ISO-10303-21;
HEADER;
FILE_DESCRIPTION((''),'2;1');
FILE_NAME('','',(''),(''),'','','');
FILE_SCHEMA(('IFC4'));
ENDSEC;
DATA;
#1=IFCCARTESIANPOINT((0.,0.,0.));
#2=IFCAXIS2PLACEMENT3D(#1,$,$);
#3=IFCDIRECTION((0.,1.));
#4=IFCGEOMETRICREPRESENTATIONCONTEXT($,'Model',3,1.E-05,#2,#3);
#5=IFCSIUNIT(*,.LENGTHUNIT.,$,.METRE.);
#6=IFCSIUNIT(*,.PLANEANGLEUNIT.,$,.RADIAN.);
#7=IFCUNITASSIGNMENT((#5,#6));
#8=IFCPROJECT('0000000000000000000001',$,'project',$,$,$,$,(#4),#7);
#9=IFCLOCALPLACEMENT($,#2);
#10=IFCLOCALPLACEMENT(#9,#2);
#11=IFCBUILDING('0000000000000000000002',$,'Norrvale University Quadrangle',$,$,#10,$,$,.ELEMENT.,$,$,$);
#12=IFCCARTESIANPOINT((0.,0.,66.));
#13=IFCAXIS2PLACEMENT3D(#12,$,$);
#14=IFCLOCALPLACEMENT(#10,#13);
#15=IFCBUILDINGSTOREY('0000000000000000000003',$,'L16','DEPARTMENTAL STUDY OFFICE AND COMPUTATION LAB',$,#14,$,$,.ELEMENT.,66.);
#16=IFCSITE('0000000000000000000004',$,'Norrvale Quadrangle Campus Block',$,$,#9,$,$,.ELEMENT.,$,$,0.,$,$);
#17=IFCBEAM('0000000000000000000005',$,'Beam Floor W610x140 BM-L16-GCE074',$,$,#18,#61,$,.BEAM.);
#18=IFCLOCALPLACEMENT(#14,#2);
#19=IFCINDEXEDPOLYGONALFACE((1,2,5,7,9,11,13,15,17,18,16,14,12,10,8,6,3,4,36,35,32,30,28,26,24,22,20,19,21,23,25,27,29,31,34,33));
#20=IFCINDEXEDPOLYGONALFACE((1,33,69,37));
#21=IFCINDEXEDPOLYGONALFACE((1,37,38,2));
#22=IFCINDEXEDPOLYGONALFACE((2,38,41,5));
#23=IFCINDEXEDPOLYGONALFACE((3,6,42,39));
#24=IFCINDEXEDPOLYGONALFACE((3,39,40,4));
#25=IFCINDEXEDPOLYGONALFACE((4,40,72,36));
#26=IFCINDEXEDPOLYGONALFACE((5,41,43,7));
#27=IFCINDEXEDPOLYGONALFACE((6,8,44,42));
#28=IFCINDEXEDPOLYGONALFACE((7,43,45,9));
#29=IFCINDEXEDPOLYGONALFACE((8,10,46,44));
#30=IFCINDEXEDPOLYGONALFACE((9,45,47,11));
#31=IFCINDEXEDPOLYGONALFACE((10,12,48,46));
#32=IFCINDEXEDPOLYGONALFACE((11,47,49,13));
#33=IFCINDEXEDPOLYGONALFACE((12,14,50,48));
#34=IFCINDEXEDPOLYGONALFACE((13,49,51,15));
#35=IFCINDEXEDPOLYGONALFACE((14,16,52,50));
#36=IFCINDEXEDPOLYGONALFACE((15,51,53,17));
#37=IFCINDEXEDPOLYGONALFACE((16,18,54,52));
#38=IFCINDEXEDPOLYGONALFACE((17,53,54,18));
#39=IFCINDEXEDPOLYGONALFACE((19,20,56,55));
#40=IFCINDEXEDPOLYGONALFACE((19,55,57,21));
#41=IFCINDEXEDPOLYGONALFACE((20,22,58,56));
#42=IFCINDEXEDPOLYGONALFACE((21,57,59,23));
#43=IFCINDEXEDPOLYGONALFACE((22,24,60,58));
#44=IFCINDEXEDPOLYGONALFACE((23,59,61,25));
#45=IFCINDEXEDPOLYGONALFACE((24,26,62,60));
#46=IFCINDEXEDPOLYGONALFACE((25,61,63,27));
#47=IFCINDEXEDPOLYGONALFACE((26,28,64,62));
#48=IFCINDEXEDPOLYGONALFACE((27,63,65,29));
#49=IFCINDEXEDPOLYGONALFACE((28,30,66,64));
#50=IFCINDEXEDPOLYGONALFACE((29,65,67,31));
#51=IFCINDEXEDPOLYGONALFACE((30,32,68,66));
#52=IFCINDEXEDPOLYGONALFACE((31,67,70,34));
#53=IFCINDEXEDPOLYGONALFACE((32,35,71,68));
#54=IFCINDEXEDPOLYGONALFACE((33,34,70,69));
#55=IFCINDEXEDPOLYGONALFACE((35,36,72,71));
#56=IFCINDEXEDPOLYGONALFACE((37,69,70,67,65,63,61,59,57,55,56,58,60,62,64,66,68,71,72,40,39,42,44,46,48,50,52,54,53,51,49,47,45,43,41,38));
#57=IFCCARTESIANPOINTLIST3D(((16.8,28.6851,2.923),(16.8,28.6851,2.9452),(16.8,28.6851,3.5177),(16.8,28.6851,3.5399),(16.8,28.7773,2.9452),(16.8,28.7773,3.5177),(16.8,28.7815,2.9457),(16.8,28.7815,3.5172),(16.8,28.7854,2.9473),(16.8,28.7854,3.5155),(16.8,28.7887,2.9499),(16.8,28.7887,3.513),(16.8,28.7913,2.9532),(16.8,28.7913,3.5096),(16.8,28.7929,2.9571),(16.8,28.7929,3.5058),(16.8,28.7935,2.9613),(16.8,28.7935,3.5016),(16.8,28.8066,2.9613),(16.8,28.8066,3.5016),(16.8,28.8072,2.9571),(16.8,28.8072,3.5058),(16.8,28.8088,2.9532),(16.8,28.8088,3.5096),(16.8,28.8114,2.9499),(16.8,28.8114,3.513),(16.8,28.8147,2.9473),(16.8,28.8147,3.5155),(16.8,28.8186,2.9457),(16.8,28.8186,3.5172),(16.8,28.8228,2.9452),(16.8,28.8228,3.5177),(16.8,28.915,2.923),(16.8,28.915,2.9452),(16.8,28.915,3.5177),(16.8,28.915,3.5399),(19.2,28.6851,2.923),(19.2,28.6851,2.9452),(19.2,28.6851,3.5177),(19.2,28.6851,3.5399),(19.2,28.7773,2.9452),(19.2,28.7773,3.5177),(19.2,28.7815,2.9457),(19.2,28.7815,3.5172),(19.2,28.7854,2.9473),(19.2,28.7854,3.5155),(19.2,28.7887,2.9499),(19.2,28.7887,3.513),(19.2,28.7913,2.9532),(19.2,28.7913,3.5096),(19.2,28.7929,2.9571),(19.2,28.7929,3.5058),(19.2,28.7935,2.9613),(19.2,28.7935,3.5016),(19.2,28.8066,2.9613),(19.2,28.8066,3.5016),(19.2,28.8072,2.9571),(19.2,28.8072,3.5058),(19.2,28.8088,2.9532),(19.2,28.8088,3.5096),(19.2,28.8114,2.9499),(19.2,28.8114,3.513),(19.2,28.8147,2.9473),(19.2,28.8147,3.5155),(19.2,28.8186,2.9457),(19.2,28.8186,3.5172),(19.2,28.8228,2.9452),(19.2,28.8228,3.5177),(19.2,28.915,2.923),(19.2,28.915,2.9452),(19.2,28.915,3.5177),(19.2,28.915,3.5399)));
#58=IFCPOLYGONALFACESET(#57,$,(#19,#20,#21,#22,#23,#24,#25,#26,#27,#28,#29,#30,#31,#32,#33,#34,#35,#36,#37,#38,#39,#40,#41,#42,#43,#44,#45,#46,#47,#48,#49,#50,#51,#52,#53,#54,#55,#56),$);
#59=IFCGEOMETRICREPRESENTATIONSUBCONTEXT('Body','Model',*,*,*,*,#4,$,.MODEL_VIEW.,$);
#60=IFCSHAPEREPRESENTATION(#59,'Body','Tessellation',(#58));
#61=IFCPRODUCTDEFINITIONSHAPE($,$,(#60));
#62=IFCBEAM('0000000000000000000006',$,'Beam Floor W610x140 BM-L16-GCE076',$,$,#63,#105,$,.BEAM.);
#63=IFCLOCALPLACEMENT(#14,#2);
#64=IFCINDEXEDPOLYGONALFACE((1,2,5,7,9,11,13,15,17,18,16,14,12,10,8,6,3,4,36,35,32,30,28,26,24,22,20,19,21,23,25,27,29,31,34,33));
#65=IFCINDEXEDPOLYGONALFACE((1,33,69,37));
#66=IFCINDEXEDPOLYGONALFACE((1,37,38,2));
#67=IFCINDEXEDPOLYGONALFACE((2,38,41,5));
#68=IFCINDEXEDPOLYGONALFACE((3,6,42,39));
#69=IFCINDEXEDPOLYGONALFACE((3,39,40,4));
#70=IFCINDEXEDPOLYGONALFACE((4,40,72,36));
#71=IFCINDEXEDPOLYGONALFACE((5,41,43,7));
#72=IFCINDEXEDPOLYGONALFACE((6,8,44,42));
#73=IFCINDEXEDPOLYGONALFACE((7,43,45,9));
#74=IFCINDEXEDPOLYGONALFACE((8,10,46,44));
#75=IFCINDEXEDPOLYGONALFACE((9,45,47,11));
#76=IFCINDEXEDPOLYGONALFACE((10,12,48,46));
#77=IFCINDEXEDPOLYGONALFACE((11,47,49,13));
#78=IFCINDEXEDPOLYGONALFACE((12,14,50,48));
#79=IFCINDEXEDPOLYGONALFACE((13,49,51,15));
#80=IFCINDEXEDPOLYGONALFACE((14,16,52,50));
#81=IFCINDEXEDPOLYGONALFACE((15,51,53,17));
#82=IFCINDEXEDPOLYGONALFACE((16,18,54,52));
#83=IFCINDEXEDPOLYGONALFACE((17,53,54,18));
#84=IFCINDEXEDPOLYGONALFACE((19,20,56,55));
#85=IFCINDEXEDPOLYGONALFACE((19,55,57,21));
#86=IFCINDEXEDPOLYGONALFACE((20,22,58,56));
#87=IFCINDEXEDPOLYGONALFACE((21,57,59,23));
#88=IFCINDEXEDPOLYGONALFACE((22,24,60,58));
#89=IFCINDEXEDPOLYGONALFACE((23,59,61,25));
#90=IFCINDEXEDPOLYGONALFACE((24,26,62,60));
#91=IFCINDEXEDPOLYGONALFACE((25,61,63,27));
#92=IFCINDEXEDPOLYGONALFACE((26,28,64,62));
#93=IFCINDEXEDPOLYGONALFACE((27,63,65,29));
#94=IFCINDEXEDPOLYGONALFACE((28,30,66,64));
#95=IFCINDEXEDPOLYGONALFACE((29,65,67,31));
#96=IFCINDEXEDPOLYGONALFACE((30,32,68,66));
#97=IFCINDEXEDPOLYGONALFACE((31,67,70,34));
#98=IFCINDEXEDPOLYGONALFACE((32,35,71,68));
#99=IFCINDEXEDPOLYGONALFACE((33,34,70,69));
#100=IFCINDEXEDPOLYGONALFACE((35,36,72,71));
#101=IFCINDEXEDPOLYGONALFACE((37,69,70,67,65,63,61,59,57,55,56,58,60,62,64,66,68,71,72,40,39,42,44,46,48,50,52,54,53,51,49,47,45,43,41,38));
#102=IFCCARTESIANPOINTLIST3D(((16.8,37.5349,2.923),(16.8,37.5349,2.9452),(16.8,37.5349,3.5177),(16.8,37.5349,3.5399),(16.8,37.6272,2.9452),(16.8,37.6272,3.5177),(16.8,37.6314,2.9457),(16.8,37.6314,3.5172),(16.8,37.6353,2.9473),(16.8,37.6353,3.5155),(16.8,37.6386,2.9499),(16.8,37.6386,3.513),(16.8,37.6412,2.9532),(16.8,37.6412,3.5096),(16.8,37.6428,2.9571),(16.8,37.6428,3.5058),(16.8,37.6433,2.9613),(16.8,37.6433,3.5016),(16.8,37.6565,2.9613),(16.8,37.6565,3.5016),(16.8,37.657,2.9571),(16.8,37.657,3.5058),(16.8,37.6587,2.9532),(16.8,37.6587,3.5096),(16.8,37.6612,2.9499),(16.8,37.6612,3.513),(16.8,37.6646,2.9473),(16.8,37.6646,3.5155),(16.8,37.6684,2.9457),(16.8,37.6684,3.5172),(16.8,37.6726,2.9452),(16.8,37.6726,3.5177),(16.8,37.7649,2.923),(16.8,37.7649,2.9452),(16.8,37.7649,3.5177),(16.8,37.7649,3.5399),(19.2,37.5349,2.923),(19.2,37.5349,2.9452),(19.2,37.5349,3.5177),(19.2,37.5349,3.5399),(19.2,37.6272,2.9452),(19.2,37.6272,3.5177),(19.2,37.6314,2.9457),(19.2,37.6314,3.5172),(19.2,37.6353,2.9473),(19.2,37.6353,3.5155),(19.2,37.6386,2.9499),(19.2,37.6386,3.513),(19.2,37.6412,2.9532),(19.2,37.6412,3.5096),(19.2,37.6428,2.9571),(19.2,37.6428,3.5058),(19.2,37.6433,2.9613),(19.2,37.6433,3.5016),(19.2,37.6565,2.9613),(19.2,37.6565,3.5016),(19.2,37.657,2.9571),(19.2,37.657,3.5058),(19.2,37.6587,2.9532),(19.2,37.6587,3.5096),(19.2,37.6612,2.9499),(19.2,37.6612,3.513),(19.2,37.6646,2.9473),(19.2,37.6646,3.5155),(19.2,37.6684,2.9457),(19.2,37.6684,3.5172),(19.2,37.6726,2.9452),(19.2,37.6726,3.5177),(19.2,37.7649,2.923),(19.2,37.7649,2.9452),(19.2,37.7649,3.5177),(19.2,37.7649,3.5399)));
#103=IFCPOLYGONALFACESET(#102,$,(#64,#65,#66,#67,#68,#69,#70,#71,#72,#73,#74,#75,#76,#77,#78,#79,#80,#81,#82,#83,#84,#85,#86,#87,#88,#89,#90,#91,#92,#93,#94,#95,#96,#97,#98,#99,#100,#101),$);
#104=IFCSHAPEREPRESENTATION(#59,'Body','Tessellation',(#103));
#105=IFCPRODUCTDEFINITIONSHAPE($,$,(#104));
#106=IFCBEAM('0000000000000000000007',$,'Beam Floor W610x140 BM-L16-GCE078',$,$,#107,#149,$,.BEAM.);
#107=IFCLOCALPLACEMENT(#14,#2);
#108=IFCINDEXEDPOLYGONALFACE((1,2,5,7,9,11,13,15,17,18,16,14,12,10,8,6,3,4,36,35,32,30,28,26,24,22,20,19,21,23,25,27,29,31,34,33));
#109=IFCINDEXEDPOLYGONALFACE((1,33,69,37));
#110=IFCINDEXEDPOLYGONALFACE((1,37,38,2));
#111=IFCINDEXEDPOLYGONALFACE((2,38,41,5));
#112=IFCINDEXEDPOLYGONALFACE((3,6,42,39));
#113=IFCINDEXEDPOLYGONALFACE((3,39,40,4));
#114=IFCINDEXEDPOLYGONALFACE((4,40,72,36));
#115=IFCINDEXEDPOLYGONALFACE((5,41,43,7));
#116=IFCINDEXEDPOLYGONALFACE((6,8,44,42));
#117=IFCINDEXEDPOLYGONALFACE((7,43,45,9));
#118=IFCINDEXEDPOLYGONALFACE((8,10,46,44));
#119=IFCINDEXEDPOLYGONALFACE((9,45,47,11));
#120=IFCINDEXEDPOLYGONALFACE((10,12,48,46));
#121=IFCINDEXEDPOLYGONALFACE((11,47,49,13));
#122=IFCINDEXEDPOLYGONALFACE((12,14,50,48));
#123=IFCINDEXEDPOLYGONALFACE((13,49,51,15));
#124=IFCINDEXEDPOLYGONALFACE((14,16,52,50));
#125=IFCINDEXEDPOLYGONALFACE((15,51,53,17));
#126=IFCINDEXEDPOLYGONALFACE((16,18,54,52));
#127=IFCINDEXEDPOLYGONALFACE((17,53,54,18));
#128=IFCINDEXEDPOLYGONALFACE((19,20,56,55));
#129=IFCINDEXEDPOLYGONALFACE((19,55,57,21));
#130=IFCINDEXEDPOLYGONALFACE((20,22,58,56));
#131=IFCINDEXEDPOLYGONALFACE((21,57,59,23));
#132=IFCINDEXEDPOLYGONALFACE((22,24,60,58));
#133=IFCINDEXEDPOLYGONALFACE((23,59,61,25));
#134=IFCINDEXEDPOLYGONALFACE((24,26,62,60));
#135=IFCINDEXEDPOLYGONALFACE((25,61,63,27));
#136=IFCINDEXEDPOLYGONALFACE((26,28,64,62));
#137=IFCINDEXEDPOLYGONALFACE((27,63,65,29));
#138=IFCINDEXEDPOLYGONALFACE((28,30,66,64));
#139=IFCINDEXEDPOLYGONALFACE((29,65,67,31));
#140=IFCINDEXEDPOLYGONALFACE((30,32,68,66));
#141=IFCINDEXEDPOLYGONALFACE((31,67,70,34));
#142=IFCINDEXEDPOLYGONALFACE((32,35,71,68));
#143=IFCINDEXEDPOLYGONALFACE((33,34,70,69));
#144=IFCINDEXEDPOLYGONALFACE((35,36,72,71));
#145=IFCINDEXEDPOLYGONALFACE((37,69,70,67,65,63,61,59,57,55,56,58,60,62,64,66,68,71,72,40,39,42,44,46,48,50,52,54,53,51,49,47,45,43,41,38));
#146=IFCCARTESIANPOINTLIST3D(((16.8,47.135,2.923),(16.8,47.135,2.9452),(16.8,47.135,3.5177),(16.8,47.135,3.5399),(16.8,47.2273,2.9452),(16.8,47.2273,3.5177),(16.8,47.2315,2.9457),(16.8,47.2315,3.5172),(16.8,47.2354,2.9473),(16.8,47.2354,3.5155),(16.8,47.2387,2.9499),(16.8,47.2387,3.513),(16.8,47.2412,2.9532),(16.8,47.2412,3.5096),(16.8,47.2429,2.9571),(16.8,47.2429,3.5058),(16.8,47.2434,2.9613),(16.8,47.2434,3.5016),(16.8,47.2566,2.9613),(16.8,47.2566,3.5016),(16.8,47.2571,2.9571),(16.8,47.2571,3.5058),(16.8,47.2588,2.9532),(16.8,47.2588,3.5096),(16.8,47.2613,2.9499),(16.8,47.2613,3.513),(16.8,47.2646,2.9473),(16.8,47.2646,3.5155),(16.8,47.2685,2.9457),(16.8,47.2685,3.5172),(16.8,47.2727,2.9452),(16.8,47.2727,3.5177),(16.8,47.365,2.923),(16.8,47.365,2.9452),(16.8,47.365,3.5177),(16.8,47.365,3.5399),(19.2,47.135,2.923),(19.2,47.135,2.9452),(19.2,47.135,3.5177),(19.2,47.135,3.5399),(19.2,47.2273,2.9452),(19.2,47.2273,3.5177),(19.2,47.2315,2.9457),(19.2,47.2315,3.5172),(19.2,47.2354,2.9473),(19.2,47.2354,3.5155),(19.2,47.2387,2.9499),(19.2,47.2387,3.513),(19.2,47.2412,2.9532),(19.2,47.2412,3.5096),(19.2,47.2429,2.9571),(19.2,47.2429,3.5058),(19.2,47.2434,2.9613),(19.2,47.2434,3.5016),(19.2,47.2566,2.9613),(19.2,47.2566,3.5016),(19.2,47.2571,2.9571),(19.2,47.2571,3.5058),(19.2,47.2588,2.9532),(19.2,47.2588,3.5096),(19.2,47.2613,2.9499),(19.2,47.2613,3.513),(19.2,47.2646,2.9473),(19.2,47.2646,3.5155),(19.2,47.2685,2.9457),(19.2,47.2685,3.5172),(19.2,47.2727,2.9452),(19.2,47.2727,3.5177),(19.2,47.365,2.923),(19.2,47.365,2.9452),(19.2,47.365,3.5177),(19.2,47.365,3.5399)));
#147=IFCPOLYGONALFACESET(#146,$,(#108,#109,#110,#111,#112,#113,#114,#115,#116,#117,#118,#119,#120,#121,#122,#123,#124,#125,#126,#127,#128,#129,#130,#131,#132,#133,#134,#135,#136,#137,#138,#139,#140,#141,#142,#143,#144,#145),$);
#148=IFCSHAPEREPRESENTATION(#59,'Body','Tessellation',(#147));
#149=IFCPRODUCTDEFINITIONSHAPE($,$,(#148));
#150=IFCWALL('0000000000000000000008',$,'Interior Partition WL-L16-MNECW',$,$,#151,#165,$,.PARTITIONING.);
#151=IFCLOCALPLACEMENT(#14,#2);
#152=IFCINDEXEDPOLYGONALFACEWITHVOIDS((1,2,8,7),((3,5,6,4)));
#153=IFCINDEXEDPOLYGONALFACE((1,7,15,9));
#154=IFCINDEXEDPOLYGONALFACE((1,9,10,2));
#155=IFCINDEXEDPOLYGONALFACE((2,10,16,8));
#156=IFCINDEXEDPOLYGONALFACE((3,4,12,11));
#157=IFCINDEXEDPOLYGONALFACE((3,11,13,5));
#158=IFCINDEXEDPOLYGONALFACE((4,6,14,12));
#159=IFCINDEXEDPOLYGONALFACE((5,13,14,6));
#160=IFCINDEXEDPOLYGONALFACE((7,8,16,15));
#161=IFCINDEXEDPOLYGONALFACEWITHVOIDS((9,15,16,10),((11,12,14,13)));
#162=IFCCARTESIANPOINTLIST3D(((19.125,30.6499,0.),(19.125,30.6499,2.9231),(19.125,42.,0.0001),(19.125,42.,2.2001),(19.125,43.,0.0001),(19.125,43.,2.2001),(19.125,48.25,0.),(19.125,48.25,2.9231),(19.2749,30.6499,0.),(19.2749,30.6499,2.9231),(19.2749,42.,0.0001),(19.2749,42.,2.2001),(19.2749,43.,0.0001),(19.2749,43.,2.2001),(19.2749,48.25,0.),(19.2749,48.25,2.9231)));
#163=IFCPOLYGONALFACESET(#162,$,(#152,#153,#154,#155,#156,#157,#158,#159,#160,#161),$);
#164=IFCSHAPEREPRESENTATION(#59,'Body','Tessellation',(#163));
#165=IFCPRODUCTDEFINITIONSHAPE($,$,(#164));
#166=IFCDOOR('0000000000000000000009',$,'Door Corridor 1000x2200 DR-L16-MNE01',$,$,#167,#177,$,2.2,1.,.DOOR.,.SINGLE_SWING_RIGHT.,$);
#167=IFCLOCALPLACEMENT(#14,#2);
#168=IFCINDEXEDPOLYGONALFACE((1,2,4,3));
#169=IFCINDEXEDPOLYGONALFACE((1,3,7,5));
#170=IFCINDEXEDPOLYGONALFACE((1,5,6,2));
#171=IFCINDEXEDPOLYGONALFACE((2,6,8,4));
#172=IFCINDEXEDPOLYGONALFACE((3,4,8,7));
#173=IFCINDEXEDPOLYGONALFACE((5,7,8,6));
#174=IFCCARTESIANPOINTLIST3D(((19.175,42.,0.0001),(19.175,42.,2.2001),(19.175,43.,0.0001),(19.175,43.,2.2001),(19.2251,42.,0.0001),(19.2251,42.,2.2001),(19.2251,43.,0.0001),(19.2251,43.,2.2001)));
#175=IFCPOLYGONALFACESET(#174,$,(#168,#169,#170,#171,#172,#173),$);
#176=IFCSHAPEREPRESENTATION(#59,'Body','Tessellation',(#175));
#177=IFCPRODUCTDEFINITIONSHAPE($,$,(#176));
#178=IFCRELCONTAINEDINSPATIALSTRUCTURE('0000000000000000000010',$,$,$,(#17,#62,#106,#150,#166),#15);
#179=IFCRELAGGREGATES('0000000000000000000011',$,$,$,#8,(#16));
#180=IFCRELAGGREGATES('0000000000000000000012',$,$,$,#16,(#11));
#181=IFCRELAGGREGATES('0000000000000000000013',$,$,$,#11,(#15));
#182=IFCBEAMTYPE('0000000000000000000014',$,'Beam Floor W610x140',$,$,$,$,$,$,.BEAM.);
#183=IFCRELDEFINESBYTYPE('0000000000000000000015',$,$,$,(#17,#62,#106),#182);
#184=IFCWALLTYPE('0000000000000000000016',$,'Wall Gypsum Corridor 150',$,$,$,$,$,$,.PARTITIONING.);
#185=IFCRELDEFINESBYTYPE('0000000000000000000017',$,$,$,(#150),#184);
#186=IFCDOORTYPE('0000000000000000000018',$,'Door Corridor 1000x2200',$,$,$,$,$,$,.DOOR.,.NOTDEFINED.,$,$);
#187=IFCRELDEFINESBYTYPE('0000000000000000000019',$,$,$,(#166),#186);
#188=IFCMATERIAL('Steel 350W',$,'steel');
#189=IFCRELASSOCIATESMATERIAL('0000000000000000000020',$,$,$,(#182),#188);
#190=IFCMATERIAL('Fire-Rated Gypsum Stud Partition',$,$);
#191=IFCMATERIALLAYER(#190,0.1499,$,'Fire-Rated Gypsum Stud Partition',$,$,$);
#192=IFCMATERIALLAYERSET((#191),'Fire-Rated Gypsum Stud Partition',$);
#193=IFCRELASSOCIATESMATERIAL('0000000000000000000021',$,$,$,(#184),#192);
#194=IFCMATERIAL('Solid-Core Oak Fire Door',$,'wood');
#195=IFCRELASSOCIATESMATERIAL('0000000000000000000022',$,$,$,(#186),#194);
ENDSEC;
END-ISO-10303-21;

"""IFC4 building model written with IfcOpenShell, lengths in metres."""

from ifc_helpers import new_model, si_unit, direction, frame, frame_2d, origin, origin_2d, place, context, subcontext, project, spatial, rectangle, i_section, extrude, material, layer, layer_set, material_profile, profile_set, type_object, element, fill, save


model = new_model("IFC4")

# Units and contexts
model_context = context("Model", 3, precision=1e-05, world=origin(), true_north=direction((0.0, 1.0)))
body_context = subcontext(model_context, "Body", "Model", "MODEL_VIEW")
ifc_project = project(units=[si_unit("LENGTHUNIT", "METRE"), si_unit("PLANEANGLEUNIT", "RADIAN")], contexts=[model_context])

# Site, building, storey
site_placement = place(None, origin())
site = spatial("IfcSite", under=ifc_project, at=site_placement, Name="Norrvale Quadrangle Campus Block", CompositionType="ELEMENT", RefElevation=0.0)
building_placement = place(site_placement, origin())
building = spatial("IfcBuilding", under=site, at=building_placement, Name="Norrvale University Quadrangle", CompositionType="ELEMENT")
storey_placement = place(building_placement, frame((0.0, 0.0, 66.0)))
storey = spatial("IfcBuildingStorey", under=building, at=storey_placement, Name="L16", Description="DEPARTMENTAL STUDY OFFICE AND COMPUTATION LAB", CompositionType="ELEMENT", Elevation=66.0)

# Beams
ifc_material_1 = material(Name="Steel 350W", Category="steel")
ifc_material_profile_1 = material_profile(ifc_material_1, i_section(OverallWidth=0.23, OverallDepth=0.6169, WebThickness=0.0132, FlangeThickness=0.0222, FilletRadius=0.0161, at=origin_2d()), Name="Steel 350W")
ifc_profile_set_1 = profile_set([ifc_material_profile_1], Name="Steel 350W")
beam_type_1 = type_object("IfcBeamType", Name="Beam Floor W610x140", PredefinedType="BEAM", material=ifc_profile_set_1)
for number, where, z_axis, x_axis, name in (
    (1, (16.8, 28.8, 3.2314), (1.0, 0.0, 0.0), (0.0, 1.0, 0.0), "Beam Floor W610x140 BM-L16-GCE074"),
    (2, (16.8, 37.6499, 3.2314), (1.0, 0.0, 0.0), (0.0, 1.0, 0.0), "Beam Floor W610x140 BM-L16-GCE076"),
    (3, (16.8, 47.25, 3.2314), (1.0, 0.0, 0.0), (0.0, 1.0, 0.0), "Beam Floor W610x140 BM-L16-GCE078"),
):
    element("IfcBeam", number, at=place(storey_placement, frame(where, z_axis=z_axis, x_axis=x_axis)), inside=storey, type_object=beam_type_1, Name=name, PredefinedType="BEAM", context=body_context, shape_type="SweptSolid", body=[
        extrude(i_section(OverallWidth=0.23, OverallDepth=0.6169, WebThickness=0.0132, FlangeThickness=0.0222, FilletRadius=0.0161, at=origin_2d()), origin(), (0.0, 0.0, 1.0), 2.3999),
    ])

# Wall, opening, door
ifc_material_2 = material(Name="Fire-Rated Gypsum Stud Partition")
ifc_layer_1 = layer(ifc_material_2, 0.1499, Name="Fire-Rated Gypsum Stud Partition")
ifc_layer_set_1 = layer_set([ifc_layer_1], Name="Fire-Rated Gypsum Stud Partition")
wall_type_1 = type_object("IfcWallType", Name="Wall Gypsum Corridor 150", PredefinedType="PARTITIONING", material=ifc_layer_set_1)
wall_1_placement = place(storey_placement, frame((19.2, 30.6499, 0.0), z_axis=(0.0, 0.0, 1.0), x_axis=(0.0, 1.0, 0.0)))
wall_1 = element("IfcWall", 4, at=wall_1_placement, inside=storey, type_object=wall_type_1, Name="Interior Partition WL-L16-MNECW", PredefinedType="PARTITIONING", context=body_context, shape_type="SweptSolid", body=[
    extrude(rectangle(XDim=17.6001, YDim=0.1499, at=frame_2d((8.8, 0.0))), origin(), (0.0, 0.0, 1.0), 2.9231),
])
opening_1_placement = place(wall_1_placement, frame((11.3501, 0.0, 0.0)))
opening_1 = element("IfcOpeningElement", 5, at=opening_1_placement, cuts=wall_1, PredefinedType="OPENING", context=body_context, shape_type="SweptSolid", body=[
    extrude(rectangle(XDim=1.0, YDim=2.2, at=frame_2d((0.5, 1.1001))), frame((0.0, 0.0869, 0.0), z_axis=(0.0, -1.0, 0.0), x_axis=(1.0, 0.0, 0.0)), (0.0, 0.0, 1.0), 0.1738),
])
ifc_material_3 = material(Name="Solid-Core Oak Fire Door", Category="wood")
door_type_1 = type_object("IfcDoorType", Name="Door Corridor 1000x2200", OperationType="NOTDEFINED", PredefinedType="DOOR", material=ifc_material_3)
door_1_placement = place(opening_1_placement, origin())
door_1 = element("IfcDoor", 6, at=door_1_placement, inside=storey, type_object=door_type_1, Name="Door Corridor 1000x2200 DR-L16-MNE01", OperationType="SINGLE_SWING_RIGHT", OverallHeight=2.2, OverallWidth=1.0, PredefinedType="DOOR", context=body_context, shape_type="SweptSolid", body=[
    extrude(rectangle(XDim=1.0, YDim=2.2, at=frame_2d((0.5, 1.1001))), frame((0.0, 0.0249, 0.0), z_axis=(0.0, -1.0, 0.0), x_axis=(1.0, 0.0, 0.0)), (0.0, 0.0, 1.0), 0.05),
])
fill(opening_1, door_1)

save(model, "model.ifc")
